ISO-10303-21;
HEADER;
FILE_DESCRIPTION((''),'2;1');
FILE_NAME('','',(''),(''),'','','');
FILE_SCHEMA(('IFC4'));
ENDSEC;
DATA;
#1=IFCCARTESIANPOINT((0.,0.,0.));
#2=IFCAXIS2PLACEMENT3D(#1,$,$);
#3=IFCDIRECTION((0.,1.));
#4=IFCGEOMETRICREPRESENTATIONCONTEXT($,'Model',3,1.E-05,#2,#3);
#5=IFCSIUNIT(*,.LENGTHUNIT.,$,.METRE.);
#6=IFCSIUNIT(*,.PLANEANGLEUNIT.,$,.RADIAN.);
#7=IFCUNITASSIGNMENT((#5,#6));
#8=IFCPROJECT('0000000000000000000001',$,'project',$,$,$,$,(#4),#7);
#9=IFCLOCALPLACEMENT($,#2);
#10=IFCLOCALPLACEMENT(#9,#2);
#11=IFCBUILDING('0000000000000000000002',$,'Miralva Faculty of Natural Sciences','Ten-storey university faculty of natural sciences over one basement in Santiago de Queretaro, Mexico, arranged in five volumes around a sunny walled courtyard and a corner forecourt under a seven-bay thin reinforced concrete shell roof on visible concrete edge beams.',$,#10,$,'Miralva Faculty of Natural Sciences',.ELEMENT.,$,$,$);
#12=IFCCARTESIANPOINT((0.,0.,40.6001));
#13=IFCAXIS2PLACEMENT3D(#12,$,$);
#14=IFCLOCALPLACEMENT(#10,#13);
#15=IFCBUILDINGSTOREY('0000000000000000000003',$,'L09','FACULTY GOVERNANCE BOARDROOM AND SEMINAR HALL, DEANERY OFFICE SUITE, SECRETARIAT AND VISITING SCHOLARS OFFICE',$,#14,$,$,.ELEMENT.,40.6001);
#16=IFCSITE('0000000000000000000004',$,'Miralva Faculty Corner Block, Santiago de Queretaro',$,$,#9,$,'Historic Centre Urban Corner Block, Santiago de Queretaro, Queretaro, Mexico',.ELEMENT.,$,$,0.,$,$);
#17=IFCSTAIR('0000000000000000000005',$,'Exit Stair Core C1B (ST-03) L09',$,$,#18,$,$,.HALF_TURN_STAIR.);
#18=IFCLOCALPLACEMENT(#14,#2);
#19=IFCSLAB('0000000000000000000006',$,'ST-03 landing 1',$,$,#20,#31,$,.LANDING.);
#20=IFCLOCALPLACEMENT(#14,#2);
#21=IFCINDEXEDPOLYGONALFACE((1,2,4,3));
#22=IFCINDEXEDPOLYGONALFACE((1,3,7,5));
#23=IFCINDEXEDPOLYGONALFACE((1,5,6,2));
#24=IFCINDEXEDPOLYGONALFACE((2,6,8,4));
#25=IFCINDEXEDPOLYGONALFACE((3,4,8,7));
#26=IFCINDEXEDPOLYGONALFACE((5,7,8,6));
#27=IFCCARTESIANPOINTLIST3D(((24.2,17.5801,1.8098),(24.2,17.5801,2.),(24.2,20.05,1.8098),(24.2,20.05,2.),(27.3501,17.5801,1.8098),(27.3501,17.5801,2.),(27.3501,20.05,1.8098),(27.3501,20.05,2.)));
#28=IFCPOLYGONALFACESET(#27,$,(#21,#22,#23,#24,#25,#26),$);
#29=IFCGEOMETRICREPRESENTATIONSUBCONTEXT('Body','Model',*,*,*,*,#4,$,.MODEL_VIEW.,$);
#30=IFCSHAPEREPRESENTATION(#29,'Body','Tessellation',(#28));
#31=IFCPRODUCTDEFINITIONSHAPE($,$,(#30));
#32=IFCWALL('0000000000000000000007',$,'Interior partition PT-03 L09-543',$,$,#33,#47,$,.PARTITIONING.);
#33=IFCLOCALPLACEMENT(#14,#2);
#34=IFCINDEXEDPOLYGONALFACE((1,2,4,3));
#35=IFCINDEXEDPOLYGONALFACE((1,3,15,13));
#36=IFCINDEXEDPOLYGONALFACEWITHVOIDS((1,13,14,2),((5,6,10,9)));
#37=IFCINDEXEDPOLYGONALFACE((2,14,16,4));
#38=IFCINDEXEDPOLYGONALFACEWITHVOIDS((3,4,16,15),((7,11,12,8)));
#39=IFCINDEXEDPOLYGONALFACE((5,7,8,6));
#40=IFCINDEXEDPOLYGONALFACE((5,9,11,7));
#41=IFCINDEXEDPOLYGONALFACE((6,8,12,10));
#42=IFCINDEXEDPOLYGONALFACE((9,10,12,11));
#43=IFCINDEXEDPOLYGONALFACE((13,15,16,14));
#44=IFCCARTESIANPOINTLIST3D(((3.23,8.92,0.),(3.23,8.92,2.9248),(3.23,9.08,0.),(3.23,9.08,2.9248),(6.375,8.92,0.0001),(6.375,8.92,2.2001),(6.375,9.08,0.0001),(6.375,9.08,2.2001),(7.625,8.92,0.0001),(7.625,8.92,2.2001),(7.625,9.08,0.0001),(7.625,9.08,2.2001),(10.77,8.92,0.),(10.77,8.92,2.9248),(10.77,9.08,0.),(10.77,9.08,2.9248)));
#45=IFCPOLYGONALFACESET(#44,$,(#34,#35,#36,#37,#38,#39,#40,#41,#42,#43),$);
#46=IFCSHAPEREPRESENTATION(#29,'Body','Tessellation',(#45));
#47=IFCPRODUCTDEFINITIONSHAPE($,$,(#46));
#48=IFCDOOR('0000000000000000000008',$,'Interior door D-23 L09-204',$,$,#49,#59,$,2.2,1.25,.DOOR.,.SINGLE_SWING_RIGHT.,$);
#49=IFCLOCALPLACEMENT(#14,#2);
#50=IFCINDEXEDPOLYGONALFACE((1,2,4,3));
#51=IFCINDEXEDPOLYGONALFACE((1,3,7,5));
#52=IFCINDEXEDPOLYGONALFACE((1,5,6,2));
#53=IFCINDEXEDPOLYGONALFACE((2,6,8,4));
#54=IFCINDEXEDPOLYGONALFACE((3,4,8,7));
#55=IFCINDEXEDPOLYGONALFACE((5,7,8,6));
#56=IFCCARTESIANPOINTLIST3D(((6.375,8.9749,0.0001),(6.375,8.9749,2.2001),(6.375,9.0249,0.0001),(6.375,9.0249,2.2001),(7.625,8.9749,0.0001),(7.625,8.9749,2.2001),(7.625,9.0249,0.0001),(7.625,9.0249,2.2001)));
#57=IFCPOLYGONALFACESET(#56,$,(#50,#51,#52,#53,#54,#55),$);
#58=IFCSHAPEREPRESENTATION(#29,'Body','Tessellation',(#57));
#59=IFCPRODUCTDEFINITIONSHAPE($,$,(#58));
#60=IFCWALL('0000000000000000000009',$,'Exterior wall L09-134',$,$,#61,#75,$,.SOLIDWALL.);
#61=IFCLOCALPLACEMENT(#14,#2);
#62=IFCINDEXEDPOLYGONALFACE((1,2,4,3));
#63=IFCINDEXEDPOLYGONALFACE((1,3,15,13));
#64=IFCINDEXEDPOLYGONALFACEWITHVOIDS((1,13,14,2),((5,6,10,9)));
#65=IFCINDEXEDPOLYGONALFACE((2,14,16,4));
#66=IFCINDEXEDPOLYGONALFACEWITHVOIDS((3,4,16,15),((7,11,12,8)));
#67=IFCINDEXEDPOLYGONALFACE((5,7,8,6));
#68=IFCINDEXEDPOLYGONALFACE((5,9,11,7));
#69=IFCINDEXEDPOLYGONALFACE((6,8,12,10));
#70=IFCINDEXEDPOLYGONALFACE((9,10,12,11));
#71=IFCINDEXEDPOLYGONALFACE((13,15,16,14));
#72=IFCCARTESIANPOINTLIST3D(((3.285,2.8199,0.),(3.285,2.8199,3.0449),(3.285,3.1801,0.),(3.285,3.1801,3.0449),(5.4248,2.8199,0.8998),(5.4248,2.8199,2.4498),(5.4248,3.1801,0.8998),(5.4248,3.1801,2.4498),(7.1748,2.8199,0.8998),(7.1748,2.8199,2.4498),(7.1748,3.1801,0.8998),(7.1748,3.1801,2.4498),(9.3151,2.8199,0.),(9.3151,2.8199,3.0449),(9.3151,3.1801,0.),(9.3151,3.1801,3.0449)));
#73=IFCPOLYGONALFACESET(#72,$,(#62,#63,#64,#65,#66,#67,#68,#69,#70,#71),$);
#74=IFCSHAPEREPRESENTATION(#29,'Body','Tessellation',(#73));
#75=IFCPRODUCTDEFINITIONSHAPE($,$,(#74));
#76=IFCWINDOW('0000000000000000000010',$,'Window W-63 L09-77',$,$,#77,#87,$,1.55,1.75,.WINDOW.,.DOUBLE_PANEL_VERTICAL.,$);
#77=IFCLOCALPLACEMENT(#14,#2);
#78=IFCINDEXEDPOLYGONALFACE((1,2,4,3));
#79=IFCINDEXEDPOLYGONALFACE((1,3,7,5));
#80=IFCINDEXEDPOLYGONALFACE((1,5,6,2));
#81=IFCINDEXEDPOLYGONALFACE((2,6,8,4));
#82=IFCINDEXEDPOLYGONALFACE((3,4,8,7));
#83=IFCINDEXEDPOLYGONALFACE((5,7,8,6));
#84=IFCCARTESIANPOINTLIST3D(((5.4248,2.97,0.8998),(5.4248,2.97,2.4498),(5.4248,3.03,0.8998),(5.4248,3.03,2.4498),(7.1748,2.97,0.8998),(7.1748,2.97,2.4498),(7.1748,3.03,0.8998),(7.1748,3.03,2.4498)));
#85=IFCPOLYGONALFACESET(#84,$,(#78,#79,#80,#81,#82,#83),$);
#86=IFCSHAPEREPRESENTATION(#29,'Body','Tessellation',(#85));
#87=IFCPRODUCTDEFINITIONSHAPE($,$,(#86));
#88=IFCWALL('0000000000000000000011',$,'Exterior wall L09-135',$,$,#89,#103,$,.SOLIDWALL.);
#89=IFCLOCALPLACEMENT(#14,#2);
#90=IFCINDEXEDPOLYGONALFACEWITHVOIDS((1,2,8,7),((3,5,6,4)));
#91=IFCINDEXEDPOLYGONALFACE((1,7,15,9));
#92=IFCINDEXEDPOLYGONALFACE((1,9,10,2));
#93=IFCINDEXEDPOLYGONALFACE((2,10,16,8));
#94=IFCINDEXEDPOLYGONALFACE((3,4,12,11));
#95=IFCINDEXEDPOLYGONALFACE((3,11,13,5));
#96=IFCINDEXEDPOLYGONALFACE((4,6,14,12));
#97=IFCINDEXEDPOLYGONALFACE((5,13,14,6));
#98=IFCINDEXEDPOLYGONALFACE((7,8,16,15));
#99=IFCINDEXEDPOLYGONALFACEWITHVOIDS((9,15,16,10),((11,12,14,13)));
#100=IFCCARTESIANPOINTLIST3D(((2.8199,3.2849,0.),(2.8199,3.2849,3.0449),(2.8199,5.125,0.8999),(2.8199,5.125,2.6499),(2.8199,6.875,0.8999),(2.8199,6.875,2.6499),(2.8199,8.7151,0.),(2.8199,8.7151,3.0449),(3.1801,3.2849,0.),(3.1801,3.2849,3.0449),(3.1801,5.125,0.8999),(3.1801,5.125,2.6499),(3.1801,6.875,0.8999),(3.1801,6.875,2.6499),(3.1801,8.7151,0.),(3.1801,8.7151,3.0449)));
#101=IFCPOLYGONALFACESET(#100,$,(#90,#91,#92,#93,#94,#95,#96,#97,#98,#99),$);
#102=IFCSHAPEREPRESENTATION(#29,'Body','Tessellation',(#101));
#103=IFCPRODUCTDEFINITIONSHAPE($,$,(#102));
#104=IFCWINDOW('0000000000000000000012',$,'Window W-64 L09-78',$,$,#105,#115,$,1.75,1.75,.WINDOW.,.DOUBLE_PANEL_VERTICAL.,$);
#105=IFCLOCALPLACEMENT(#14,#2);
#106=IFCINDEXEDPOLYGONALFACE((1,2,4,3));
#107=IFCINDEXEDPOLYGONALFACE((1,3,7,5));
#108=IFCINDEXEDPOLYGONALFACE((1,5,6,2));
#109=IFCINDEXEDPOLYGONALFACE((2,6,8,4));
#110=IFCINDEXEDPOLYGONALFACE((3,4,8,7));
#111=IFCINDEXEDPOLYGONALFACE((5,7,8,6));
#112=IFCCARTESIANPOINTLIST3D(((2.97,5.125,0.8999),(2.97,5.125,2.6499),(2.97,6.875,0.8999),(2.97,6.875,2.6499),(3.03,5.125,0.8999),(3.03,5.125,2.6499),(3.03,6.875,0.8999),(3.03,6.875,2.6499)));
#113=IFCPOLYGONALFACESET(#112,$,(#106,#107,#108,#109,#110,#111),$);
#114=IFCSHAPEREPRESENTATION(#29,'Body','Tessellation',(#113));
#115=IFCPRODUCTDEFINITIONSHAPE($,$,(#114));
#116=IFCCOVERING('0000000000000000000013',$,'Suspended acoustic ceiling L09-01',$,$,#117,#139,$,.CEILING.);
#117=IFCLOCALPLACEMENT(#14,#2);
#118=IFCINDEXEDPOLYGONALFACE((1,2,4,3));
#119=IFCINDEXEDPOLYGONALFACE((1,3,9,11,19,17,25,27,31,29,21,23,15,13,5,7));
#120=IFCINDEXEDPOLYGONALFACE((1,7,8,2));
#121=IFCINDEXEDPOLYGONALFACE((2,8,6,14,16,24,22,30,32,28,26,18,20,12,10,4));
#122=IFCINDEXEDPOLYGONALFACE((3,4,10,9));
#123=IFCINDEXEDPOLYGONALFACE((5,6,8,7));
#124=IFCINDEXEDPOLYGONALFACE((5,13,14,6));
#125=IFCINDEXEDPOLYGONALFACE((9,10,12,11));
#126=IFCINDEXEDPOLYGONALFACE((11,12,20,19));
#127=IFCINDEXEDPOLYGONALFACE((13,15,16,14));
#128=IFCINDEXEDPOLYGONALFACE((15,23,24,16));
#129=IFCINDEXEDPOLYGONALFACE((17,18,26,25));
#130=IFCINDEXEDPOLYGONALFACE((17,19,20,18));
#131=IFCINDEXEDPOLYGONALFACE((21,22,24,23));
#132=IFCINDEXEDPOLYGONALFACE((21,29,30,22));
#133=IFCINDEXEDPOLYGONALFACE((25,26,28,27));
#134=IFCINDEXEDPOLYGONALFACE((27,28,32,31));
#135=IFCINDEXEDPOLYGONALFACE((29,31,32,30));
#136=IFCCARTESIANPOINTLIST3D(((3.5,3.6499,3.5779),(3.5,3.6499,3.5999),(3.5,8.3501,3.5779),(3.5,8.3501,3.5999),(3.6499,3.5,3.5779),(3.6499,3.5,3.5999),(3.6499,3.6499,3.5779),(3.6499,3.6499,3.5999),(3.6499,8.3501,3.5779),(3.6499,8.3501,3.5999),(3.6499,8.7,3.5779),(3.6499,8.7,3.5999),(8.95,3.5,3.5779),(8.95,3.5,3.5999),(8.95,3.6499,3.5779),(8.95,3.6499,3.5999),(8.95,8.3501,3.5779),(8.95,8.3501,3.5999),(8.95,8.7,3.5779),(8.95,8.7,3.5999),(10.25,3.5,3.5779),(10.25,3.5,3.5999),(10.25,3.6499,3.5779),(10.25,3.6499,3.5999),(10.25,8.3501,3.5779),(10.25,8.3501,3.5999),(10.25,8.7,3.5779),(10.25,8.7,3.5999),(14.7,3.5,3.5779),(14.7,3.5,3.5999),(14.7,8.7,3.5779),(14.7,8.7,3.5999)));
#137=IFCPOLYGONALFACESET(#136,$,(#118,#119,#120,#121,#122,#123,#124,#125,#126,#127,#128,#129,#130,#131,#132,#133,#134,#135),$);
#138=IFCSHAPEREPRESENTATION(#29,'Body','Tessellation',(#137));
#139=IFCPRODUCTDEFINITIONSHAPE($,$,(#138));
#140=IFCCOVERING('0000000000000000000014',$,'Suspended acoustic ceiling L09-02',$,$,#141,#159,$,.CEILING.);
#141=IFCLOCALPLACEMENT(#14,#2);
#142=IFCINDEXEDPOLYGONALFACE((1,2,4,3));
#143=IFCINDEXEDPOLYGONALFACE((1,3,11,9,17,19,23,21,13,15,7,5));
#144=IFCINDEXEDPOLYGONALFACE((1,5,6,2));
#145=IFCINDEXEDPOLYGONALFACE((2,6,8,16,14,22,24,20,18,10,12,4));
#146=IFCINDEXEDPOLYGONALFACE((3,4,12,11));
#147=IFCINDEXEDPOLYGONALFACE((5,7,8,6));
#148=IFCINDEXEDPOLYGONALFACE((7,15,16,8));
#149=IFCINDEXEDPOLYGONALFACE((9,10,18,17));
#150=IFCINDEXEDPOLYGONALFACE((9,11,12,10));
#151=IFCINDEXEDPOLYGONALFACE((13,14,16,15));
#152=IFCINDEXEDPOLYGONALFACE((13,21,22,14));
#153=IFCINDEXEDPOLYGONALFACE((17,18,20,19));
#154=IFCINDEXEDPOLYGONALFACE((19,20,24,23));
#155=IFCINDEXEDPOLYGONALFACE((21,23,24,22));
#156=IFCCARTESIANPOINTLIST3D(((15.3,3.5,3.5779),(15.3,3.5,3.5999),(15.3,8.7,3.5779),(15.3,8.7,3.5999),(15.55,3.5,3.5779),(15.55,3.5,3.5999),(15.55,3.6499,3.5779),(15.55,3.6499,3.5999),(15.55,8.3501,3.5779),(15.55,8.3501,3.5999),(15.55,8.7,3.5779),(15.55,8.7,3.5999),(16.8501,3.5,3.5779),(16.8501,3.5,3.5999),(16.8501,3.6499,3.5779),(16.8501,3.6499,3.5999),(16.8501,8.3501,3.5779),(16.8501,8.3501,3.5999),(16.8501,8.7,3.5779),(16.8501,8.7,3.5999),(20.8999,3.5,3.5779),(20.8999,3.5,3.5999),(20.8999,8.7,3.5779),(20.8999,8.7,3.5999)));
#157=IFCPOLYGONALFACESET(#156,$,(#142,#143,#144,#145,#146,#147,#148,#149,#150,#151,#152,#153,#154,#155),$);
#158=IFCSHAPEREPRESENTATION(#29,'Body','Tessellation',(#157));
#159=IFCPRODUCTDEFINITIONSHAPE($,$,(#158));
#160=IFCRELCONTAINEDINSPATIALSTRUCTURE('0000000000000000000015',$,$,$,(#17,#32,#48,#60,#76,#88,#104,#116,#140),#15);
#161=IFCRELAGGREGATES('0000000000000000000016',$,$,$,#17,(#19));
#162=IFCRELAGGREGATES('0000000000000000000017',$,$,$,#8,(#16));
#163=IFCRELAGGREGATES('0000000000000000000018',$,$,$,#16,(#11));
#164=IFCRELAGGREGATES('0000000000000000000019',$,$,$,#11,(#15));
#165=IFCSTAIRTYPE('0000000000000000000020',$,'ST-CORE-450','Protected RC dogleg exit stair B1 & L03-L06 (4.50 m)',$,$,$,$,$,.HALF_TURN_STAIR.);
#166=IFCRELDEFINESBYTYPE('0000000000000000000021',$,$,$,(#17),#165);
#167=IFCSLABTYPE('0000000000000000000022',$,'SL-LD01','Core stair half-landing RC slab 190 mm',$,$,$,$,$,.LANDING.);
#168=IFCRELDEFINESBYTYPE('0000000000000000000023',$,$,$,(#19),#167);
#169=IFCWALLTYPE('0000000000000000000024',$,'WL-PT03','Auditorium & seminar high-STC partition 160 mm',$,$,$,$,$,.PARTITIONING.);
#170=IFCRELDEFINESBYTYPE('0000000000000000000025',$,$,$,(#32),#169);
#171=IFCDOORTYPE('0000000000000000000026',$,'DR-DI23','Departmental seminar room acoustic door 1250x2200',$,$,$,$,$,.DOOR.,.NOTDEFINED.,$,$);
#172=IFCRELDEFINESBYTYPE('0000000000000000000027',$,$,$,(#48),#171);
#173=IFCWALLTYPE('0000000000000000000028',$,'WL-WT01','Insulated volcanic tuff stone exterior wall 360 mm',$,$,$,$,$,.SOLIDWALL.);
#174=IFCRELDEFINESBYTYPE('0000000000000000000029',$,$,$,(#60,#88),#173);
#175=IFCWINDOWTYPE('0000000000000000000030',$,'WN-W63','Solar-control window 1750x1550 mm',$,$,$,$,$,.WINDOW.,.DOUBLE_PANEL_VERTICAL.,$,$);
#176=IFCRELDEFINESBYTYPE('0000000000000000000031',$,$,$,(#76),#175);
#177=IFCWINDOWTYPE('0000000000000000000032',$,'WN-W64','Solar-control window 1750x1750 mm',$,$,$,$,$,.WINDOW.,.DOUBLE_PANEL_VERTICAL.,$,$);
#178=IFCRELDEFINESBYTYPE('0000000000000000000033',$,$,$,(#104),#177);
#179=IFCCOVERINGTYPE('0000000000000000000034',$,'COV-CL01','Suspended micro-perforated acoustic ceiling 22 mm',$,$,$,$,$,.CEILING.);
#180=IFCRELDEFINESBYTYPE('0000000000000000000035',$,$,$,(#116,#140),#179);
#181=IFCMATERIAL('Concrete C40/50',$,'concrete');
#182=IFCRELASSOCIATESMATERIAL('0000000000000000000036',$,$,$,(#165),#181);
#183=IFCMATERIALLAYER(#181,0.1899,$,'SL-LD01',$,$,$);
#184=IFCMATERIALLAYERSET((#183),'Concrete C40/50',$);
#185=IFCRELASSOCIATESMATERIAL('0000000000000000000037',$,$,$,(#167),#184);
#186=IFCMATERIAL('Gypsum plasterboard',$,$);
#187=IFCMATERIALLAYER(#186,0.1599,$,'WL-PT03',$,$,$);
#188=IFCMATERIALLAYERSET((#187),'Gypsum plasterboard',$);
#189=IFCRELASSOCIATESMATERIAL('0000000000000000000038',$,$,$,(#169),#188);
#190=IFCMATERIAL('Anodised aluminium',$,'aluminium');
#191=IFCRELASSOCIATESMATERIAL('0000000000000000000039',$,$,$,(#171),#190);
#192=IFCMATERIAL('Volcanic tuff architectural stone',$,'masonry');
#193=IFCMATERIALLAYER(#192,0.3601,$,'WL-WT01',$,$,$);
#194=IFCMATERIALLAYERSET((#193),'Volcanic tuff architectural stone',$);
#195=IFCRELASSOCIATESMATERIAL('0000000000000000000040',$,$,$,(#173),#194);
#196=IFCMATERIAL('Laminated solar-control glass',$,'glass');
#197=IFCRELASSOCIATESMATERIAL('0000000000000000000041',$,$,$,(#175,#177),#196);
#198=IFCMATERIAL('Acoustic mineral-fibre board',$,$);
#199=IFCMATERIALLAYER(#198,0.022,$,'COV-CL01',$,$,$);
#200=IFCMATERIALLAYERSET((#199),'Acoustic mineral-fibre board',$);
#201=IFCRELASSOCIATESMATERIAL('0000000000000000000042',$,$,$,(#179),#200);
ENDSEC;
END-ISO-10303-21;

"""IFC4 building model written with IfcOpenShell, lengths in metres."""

from ifc_helpers import new_model, si_unit, direction, frame, frame_2d, origin, place, context, subcontext, project, spatial, polyline, rectangle, outline, extrude, material, layer, layer_set, type_object, element, fill, aggregate, save


model = new_model("IFC4")

# Units and contexts
model_context = context("Model", 3, precision=1e-05, world=origin(), true_north=direction((0.0, 1.0)))
body_context = subcontext(model_context, "Body", "Model", "MODEL_VIEW")
ifc_project = project(units=[si_unit("LENGTHUNIT", "METRE"), si_unit("PLANEANGLEUNIT", "RADIAN")], contexts=[model_context])

# Site, building, storey
site_placement = place(None, origin())
site = spatial("IfcSite", under=ifc_project, at=site_placement, Name="Miralva Faculty Corner Block, Santiago de Queretaro", LongName="Historic Centre Urban Corner Block, Santiago de Queretaro, Queretaro, Mexico", CompositionType="ELEMENT", RefElevation=0.0)
building_placement = place(site_placement, origin())
building = spatial("IfcBuilding", under=site, at=building_placement, Name="Miralva Faculty of Natural Sciences", Description="Ten-storey university faculty of natural sciences over one basement in Santiago de Queretaro, Mexico, arranged in five volumes around a sunny walled courtyard and a corner forecourt under a seven-bay thin reinforced concrete shell roof on visible concrete edge beams.", LongName="Miralva Faculty of Natural Sciences", CompositionType="ELEMENT")
storey_placement = place(building_placement, frame((0.0, 0.0, 40.6001)))
storey = spatial("IfcBuildingStorey", under=building, at=storey_placement, Name="L09", Description="FACULTY GOVERNANCE BOARDROOM AND SEMINAR HALL, DEANERY OFFICE SUITE, SECRETARIAT AND VISITING SCHOLARS OFFICE", CompositionType="ELEMENT", Elevation=40.6001)

# Shared definitions
ifc_material_1 = material(Name="Concrete C40/50", Category="concrete")

# Stair, slab
stair_type = type_object("IfcStairType", Name="ST-CORE-450", Description="Protected RC dogleg exit stair B1 & L03-L06 (4.50 m)", PredefinedType="HALF_TURN_STAIR", material=ifc_material_1)
ifc_layer_1 = layer(ifc_material_1, 0.1899, Name="SL-LD01")
ifc_layer_set_1 = layer_set([ifc_layer_1], Name="Concrete C40/50")
slab_type_1 = type_object("IfcSlabType", Name="SL-LD01", Description="Core stair half-landing RC slab 190 mm", PredefinedType="LANDING", material=ifc_layer_set_1)
stair_1_placement = place(storey_placement, origin())
stair_1 = element("IfcStair", 1, at=stair_1_placement, inside=storey, type_object=stair_type, Name="Exit Stair Core C1B (ST-03) L09", PredefinedType="HALF_TURN_STAIR")
slab_1_placement = place(storey_placement, frame((0.0, 0.0, 1.8098)))
slab_1 = element("IfcSlab", 2, at=slab_1_placement, type_object=slab_type_1, Name="ST-03 landing 1", PredefinedType="LANDING", context=body_context, shape_type="SweptSolid", body=[
    extrude(outline(polyline([(27.3501, 17.5801), (27.3501, 20.05), (24.2, 20.05), (24.2, 17.5801), (27.3501, 17.5801)])), origin(), (0.0, 0.0, 1.0), 0.1902),
])
aggregate(stair_1, [slab_1])

# Wall, opening, door
ifc_material_2 = material(Name="Gypsum plasterboard")
ifc_layer_2 = layer(ifc_material_2, 0.1599, Name="WL-PT03")
ifc_layer_set_2 = layer_set([ifc_layer_2], Name="Gypsum plasterboard")
wall_type_1 = type_object("IfcWallType", Name="WL-PT03", Description="Auditorium & seminar high-STC partition 160 mm", PredefinedType="PARTITIONING", material=ifc_layer_set_2)
wall_1_placement = place(storey_placement, frame((3.23, 9.0, 0.0), z_axis=(0.0, 0.0, 1.0), x_axis=(1.0, 0.0, 0.0)))
wall_1 = element("IfcWall", 3, at=wall_1_placement, inside=storey, type_object=wall_type_1, Name="Interior partition PT-03 L09-543", PredefinedType="PARTITIONING", context=body_context, shape_type="SweptSolid", body=[
    extrude(rectangle(XDim=7.54, YDim=0.1599, at=frame_2d((3.77, 0.0))), origin(), (0.0, 0.0, 1.0), 2.9248),
])
opening_1_placement = place(wall_1_placement, frame((3.145, 0.0, 0.0)))
opening_1 = element("IfcOpeningElement", 4, at=opening_1_placement, cuts=wall_1, PredefinedType="OPENING", context=body_context, shape_type="SweptSolid", body=[
    extrude(rectangle(XDim=1.25, YDim=2.2, at=frame_2d((0.625, 1.1001))), frame((0.0, 0.0898, 0.0), z_axis=(0.0, -1.0, 0.0), x_axis=(1.0, 0.0, 0.0)), (0.0, 0.0, 1.0), 0.1799),
])
ifc_material_3 = material(Name="Anodised aluminium", Category="aluminium")
door_type = type_object("IfcDoorType", Name="DR-DI23", Description="Departmental seminar room acoustic door 1250x2200", OperationType="NOTDEFINED", PredefinedType="DOOR", material=ifc_material_3)
door_placement = place(opening_1_placement, origin())
door = element("IfcDoor", 5, at=door_placement, inside=storey, type_object=door_type, Name="Interior door D-23 L09-204", OperationType="SINGLE_SWING_RIGHT", OverallHeight=2.2, OverallWidth=1.25, PredefinedType="DOOR", context=body_context, shape_type="SweptSolid", body=[
    extrude(rectangle(XDim=1.25, YDim=2.2, at=frame_2d((0.625, 1.1001))), frame((0.0, 0.0249, 0.0), z_axis=(0.0, -1.0, 0.0), x_axis=(1.0, 0.0, 0.0)), (0.0, 0.0, 1.0), 0.05),
])
fill(opening_1, door)

# Walls, openings, windows
ifc_material_4 = material(Name="Volcanic tuff architectural stone", Category="masonry")
ifc_layer_3 = layer(ifc_material_4, 0.3601, Name="WL-WT01")
ifc_layer_set_3 = layer_set([ifc_layer_3], Name="Volcanic tuff architectural stone")
wall_type_2 = type_object("IfcWallType", Name="WL-WT01", Description="Insulated volcanic tuff stone exterior wall 360 mm", PredefinedType="SOLIDWALL", material=ifc_layer_set_3)
wall_2_placement = place(storey_placement, frame((3.2849, 3.0, 0.0), z_axis=(0.0, 0.0, 1.0), x_axis=(1.0, 0.0, 0.0)))
wall_2 = element("IfcWall", 6, at=wall_2_placement, inside=storey, type_object=wall_type_2, Name="Exterior wall L09-134", PredefinedType="SOLIDWALL", context=body_context, shape_type="SweptSolid", body=[
    extrude(rectangle(XDim=6.03, YDim=0.3601, at=frame_2d((3.0151, 0.0))), origin(), (0.0, 0.0, 1.0), 3.0449),
])
opening_2_placement = place(wall_2_placement, frame((2.1399, 0.0, 0.8999)))
opening_2 = element("IfcOpeningElement", 7, at=opening_2_placement, cuts=wall_2, PredefinedType="OPENING", context=body_context, shape_type="SweptSolid", body=[
    extrude(rectangle(XDim=1.75, YDim=1.55, at=frame_2d((0.875, 0.7749))), frame((0.0, 0.1899, 0.0), z_axis=(0.0, -1.0, 0.0), x_axis=(1.0, 0.0, 0.0)), (0.0, 0.0, 1.0), 0.3801),
])
ifc_material_5 = material(Name="Laminated solar-control glass", Category="glass")
window_type_1 = type_object("IfcWindowType", Name="WN-W63", Description="Solar-control window 1750x1550 mm", PartitioningType="DOUBLE_PANEL_VERTICAL", PredefinedType="WINDOW", material=ifc_material_5)
window_1_placement = place(opening_2_placement, frame((1.75, 0.0, 0.0), z_axis=(0.0, 0.0, 1.0), x_axis=(-1.0, 0.0, 0.0)))
window_1 = element("IfcWindow", 8, at=window_1_placement, inside=storey, type_object=window_type_1, Name="Window W-63 L09-77", OverallHeight=1.55, OverallWidth=1.75, PartitioningType="DOUBLE_PANEL_VERTICAL", PredefinedType="WINDOW", context=body_context, shape_type="SweptSolid", body=[
    extrude(rectangle(XDim=1.75, YDim=1.55, at=frame_2d((0.875, 0.7749))), frame((0.0, 0.03, 0.0), z_axis=(0.0, -1.0, 0.0), x_axis=(1.0, 0.0, 0.0)), (0.0, 0.0, 1.0), 0.0601),
])
fill(opening_2, window_1)
wall_3_placement = place(storey_placement, frame((3.0, 3.2849, 0.0), z_axis=(0.0, 0.0, 1.0), x_axis=(0.0, 1.0, 0.0)))
wall_3 = element("IfcWall", 9, at=wall_3_placement, inside=storey, type_object=wall_type_2, Name="Exterior wall L09-135", PredefinedType="SOLIDWALL", context=body_context, shape_type="SweptSolid", body=[
    extrude(rectangle(XDim=5.4302, YDim=0.3601, at=frame_2d((2.7151, 0.0))), origin(), (0.0, 0.0, 1.0), 3.0449),
])
opening_3_placement = place(wall_3_placement, frame((1.8401, 0.0, 0.8999)))
opening_3 = element("IfcOpeningElement", 10, at=opening_3_placement, cuts=wall_3, PredefinedType="OPENING", context=body_context, shape_type="SweptSolid", body=[
    extrude(rectangle(XDim=1.75, YDim=1.75, at=frame_2d((0.875, 0.875))), frame((0.0, 0.1899, 0.0), z_axis=(0.0, -1.0, 0.0), x_axis=(1.0, 0.0, 0.0)), (0.0, 0.0, 1.0), 0.3801),
])
window_type_2 = type_object("IfcWindowType", Name="WN-W64", Description="Solar-control window 1750x1750 mm", PartitioningType="DOUBLE_PANEL_VERTICAL", PredefinedType="WINDOW", material=ifc_material_5)
window_2_placement = place(opening_3_placement, origin())
window_2 = element("IfcWindow", 11, at=window_2_placement, inside=storey, type_object=window_type_2, Name="Window W-64 L09-78", OverallHeight=1.75, OverallWidth=1.75, PartitioningType="DOUBLE_PANEL_VERTICAL", PredefinedType="WINDOW", context=body_context, shape_type="SweptSolid", body=[
    extrude(rectangle(XDim=1.75, YDim=1.75, at=frame_2d((0.875, 0.875))), frame((0.0, 0.03, 0.0), z_axis=(0.0, -1.0, 0.0), x_axis=(1.0, 0.0, 0.0)), (0.0, 0.0, 1.0), 0.0601),
])
fill(opening_3, window_2)

# Coverings
ifc_material_6 = material(Name="Acoustic mineral-fibre board")
ifc_layer_4 = layer(ifc_material_6, 0.022, Name="COV-CL01")
ifc_layer_set_4 = layer_set([ifc_layer_4], Name="Acoustic mineral-fibre board")
covering_type_1 = type_object("IfcCoveringType", Name="COV-CL01", Description="Suspended micro-perforated acoustic ceiling 22 mm", PredefinedType="CEILING", material=ifc_layer_set_4)
covering_1_placement = place(storey_placement, frame((0.0, 0.0, 3.5779)))
element("IfcCovering", 12, at=covering_1_placement, inside=storey, type_object=covering_type_1, Name="Suspended acoustic ceiling L09-01", PredefinedType="CEILING", context=body_context, shape_type="SweptSolid", body=[
    extrude(outline(polyline([(8.95, 8.3501), (10.25, 8.3501), (10.25, 8.7), (14.7, 8.7), (14.7, 3.5), (10.25, 3.5), (10.25, 3.6499), (8.95, 3.6499), (8.95, 3.5), (3.6499, 3.5), (3.6499, 3.6499), (3.5, 3.6499), (3.5, 8.3501), (3.6499, 8.3501), (3.6499, 8.7), (8.95, 8.7), (8.95, 8.3501)])), origin(), (0.0, 0.0, 1.0), 0.022),
])
covering_2_placement = place(storey_placement, frame((0.0, 0.0, 3.5779)))
element("IfcCovering", 13, at=covering_2_placement, inside=storey, type_object=covering_type_1, Name="Suspended acoustic ceiling L09-02", PredefinedType="CEILING", context=body_context, shape_type="SweptSolid", body=[
    extrude(outline(polyline([(15.55, 8.3501), (16.8501, 8.3501), (16.8501, 8.7), (20.8999, 8.7), (20.8999, 3.5), (16.8501, 3.5), (16.8501, 3.6499), (15.55, 3.6499), (15.55, 3.5), (15.3, 3.5), (15.3, 8.7), (15.55, 8.7), (15.55, 8.3501)])), origin(), (0.0, 0.0, 1.0), 0.022),
])

save(model, "model.ifc")
